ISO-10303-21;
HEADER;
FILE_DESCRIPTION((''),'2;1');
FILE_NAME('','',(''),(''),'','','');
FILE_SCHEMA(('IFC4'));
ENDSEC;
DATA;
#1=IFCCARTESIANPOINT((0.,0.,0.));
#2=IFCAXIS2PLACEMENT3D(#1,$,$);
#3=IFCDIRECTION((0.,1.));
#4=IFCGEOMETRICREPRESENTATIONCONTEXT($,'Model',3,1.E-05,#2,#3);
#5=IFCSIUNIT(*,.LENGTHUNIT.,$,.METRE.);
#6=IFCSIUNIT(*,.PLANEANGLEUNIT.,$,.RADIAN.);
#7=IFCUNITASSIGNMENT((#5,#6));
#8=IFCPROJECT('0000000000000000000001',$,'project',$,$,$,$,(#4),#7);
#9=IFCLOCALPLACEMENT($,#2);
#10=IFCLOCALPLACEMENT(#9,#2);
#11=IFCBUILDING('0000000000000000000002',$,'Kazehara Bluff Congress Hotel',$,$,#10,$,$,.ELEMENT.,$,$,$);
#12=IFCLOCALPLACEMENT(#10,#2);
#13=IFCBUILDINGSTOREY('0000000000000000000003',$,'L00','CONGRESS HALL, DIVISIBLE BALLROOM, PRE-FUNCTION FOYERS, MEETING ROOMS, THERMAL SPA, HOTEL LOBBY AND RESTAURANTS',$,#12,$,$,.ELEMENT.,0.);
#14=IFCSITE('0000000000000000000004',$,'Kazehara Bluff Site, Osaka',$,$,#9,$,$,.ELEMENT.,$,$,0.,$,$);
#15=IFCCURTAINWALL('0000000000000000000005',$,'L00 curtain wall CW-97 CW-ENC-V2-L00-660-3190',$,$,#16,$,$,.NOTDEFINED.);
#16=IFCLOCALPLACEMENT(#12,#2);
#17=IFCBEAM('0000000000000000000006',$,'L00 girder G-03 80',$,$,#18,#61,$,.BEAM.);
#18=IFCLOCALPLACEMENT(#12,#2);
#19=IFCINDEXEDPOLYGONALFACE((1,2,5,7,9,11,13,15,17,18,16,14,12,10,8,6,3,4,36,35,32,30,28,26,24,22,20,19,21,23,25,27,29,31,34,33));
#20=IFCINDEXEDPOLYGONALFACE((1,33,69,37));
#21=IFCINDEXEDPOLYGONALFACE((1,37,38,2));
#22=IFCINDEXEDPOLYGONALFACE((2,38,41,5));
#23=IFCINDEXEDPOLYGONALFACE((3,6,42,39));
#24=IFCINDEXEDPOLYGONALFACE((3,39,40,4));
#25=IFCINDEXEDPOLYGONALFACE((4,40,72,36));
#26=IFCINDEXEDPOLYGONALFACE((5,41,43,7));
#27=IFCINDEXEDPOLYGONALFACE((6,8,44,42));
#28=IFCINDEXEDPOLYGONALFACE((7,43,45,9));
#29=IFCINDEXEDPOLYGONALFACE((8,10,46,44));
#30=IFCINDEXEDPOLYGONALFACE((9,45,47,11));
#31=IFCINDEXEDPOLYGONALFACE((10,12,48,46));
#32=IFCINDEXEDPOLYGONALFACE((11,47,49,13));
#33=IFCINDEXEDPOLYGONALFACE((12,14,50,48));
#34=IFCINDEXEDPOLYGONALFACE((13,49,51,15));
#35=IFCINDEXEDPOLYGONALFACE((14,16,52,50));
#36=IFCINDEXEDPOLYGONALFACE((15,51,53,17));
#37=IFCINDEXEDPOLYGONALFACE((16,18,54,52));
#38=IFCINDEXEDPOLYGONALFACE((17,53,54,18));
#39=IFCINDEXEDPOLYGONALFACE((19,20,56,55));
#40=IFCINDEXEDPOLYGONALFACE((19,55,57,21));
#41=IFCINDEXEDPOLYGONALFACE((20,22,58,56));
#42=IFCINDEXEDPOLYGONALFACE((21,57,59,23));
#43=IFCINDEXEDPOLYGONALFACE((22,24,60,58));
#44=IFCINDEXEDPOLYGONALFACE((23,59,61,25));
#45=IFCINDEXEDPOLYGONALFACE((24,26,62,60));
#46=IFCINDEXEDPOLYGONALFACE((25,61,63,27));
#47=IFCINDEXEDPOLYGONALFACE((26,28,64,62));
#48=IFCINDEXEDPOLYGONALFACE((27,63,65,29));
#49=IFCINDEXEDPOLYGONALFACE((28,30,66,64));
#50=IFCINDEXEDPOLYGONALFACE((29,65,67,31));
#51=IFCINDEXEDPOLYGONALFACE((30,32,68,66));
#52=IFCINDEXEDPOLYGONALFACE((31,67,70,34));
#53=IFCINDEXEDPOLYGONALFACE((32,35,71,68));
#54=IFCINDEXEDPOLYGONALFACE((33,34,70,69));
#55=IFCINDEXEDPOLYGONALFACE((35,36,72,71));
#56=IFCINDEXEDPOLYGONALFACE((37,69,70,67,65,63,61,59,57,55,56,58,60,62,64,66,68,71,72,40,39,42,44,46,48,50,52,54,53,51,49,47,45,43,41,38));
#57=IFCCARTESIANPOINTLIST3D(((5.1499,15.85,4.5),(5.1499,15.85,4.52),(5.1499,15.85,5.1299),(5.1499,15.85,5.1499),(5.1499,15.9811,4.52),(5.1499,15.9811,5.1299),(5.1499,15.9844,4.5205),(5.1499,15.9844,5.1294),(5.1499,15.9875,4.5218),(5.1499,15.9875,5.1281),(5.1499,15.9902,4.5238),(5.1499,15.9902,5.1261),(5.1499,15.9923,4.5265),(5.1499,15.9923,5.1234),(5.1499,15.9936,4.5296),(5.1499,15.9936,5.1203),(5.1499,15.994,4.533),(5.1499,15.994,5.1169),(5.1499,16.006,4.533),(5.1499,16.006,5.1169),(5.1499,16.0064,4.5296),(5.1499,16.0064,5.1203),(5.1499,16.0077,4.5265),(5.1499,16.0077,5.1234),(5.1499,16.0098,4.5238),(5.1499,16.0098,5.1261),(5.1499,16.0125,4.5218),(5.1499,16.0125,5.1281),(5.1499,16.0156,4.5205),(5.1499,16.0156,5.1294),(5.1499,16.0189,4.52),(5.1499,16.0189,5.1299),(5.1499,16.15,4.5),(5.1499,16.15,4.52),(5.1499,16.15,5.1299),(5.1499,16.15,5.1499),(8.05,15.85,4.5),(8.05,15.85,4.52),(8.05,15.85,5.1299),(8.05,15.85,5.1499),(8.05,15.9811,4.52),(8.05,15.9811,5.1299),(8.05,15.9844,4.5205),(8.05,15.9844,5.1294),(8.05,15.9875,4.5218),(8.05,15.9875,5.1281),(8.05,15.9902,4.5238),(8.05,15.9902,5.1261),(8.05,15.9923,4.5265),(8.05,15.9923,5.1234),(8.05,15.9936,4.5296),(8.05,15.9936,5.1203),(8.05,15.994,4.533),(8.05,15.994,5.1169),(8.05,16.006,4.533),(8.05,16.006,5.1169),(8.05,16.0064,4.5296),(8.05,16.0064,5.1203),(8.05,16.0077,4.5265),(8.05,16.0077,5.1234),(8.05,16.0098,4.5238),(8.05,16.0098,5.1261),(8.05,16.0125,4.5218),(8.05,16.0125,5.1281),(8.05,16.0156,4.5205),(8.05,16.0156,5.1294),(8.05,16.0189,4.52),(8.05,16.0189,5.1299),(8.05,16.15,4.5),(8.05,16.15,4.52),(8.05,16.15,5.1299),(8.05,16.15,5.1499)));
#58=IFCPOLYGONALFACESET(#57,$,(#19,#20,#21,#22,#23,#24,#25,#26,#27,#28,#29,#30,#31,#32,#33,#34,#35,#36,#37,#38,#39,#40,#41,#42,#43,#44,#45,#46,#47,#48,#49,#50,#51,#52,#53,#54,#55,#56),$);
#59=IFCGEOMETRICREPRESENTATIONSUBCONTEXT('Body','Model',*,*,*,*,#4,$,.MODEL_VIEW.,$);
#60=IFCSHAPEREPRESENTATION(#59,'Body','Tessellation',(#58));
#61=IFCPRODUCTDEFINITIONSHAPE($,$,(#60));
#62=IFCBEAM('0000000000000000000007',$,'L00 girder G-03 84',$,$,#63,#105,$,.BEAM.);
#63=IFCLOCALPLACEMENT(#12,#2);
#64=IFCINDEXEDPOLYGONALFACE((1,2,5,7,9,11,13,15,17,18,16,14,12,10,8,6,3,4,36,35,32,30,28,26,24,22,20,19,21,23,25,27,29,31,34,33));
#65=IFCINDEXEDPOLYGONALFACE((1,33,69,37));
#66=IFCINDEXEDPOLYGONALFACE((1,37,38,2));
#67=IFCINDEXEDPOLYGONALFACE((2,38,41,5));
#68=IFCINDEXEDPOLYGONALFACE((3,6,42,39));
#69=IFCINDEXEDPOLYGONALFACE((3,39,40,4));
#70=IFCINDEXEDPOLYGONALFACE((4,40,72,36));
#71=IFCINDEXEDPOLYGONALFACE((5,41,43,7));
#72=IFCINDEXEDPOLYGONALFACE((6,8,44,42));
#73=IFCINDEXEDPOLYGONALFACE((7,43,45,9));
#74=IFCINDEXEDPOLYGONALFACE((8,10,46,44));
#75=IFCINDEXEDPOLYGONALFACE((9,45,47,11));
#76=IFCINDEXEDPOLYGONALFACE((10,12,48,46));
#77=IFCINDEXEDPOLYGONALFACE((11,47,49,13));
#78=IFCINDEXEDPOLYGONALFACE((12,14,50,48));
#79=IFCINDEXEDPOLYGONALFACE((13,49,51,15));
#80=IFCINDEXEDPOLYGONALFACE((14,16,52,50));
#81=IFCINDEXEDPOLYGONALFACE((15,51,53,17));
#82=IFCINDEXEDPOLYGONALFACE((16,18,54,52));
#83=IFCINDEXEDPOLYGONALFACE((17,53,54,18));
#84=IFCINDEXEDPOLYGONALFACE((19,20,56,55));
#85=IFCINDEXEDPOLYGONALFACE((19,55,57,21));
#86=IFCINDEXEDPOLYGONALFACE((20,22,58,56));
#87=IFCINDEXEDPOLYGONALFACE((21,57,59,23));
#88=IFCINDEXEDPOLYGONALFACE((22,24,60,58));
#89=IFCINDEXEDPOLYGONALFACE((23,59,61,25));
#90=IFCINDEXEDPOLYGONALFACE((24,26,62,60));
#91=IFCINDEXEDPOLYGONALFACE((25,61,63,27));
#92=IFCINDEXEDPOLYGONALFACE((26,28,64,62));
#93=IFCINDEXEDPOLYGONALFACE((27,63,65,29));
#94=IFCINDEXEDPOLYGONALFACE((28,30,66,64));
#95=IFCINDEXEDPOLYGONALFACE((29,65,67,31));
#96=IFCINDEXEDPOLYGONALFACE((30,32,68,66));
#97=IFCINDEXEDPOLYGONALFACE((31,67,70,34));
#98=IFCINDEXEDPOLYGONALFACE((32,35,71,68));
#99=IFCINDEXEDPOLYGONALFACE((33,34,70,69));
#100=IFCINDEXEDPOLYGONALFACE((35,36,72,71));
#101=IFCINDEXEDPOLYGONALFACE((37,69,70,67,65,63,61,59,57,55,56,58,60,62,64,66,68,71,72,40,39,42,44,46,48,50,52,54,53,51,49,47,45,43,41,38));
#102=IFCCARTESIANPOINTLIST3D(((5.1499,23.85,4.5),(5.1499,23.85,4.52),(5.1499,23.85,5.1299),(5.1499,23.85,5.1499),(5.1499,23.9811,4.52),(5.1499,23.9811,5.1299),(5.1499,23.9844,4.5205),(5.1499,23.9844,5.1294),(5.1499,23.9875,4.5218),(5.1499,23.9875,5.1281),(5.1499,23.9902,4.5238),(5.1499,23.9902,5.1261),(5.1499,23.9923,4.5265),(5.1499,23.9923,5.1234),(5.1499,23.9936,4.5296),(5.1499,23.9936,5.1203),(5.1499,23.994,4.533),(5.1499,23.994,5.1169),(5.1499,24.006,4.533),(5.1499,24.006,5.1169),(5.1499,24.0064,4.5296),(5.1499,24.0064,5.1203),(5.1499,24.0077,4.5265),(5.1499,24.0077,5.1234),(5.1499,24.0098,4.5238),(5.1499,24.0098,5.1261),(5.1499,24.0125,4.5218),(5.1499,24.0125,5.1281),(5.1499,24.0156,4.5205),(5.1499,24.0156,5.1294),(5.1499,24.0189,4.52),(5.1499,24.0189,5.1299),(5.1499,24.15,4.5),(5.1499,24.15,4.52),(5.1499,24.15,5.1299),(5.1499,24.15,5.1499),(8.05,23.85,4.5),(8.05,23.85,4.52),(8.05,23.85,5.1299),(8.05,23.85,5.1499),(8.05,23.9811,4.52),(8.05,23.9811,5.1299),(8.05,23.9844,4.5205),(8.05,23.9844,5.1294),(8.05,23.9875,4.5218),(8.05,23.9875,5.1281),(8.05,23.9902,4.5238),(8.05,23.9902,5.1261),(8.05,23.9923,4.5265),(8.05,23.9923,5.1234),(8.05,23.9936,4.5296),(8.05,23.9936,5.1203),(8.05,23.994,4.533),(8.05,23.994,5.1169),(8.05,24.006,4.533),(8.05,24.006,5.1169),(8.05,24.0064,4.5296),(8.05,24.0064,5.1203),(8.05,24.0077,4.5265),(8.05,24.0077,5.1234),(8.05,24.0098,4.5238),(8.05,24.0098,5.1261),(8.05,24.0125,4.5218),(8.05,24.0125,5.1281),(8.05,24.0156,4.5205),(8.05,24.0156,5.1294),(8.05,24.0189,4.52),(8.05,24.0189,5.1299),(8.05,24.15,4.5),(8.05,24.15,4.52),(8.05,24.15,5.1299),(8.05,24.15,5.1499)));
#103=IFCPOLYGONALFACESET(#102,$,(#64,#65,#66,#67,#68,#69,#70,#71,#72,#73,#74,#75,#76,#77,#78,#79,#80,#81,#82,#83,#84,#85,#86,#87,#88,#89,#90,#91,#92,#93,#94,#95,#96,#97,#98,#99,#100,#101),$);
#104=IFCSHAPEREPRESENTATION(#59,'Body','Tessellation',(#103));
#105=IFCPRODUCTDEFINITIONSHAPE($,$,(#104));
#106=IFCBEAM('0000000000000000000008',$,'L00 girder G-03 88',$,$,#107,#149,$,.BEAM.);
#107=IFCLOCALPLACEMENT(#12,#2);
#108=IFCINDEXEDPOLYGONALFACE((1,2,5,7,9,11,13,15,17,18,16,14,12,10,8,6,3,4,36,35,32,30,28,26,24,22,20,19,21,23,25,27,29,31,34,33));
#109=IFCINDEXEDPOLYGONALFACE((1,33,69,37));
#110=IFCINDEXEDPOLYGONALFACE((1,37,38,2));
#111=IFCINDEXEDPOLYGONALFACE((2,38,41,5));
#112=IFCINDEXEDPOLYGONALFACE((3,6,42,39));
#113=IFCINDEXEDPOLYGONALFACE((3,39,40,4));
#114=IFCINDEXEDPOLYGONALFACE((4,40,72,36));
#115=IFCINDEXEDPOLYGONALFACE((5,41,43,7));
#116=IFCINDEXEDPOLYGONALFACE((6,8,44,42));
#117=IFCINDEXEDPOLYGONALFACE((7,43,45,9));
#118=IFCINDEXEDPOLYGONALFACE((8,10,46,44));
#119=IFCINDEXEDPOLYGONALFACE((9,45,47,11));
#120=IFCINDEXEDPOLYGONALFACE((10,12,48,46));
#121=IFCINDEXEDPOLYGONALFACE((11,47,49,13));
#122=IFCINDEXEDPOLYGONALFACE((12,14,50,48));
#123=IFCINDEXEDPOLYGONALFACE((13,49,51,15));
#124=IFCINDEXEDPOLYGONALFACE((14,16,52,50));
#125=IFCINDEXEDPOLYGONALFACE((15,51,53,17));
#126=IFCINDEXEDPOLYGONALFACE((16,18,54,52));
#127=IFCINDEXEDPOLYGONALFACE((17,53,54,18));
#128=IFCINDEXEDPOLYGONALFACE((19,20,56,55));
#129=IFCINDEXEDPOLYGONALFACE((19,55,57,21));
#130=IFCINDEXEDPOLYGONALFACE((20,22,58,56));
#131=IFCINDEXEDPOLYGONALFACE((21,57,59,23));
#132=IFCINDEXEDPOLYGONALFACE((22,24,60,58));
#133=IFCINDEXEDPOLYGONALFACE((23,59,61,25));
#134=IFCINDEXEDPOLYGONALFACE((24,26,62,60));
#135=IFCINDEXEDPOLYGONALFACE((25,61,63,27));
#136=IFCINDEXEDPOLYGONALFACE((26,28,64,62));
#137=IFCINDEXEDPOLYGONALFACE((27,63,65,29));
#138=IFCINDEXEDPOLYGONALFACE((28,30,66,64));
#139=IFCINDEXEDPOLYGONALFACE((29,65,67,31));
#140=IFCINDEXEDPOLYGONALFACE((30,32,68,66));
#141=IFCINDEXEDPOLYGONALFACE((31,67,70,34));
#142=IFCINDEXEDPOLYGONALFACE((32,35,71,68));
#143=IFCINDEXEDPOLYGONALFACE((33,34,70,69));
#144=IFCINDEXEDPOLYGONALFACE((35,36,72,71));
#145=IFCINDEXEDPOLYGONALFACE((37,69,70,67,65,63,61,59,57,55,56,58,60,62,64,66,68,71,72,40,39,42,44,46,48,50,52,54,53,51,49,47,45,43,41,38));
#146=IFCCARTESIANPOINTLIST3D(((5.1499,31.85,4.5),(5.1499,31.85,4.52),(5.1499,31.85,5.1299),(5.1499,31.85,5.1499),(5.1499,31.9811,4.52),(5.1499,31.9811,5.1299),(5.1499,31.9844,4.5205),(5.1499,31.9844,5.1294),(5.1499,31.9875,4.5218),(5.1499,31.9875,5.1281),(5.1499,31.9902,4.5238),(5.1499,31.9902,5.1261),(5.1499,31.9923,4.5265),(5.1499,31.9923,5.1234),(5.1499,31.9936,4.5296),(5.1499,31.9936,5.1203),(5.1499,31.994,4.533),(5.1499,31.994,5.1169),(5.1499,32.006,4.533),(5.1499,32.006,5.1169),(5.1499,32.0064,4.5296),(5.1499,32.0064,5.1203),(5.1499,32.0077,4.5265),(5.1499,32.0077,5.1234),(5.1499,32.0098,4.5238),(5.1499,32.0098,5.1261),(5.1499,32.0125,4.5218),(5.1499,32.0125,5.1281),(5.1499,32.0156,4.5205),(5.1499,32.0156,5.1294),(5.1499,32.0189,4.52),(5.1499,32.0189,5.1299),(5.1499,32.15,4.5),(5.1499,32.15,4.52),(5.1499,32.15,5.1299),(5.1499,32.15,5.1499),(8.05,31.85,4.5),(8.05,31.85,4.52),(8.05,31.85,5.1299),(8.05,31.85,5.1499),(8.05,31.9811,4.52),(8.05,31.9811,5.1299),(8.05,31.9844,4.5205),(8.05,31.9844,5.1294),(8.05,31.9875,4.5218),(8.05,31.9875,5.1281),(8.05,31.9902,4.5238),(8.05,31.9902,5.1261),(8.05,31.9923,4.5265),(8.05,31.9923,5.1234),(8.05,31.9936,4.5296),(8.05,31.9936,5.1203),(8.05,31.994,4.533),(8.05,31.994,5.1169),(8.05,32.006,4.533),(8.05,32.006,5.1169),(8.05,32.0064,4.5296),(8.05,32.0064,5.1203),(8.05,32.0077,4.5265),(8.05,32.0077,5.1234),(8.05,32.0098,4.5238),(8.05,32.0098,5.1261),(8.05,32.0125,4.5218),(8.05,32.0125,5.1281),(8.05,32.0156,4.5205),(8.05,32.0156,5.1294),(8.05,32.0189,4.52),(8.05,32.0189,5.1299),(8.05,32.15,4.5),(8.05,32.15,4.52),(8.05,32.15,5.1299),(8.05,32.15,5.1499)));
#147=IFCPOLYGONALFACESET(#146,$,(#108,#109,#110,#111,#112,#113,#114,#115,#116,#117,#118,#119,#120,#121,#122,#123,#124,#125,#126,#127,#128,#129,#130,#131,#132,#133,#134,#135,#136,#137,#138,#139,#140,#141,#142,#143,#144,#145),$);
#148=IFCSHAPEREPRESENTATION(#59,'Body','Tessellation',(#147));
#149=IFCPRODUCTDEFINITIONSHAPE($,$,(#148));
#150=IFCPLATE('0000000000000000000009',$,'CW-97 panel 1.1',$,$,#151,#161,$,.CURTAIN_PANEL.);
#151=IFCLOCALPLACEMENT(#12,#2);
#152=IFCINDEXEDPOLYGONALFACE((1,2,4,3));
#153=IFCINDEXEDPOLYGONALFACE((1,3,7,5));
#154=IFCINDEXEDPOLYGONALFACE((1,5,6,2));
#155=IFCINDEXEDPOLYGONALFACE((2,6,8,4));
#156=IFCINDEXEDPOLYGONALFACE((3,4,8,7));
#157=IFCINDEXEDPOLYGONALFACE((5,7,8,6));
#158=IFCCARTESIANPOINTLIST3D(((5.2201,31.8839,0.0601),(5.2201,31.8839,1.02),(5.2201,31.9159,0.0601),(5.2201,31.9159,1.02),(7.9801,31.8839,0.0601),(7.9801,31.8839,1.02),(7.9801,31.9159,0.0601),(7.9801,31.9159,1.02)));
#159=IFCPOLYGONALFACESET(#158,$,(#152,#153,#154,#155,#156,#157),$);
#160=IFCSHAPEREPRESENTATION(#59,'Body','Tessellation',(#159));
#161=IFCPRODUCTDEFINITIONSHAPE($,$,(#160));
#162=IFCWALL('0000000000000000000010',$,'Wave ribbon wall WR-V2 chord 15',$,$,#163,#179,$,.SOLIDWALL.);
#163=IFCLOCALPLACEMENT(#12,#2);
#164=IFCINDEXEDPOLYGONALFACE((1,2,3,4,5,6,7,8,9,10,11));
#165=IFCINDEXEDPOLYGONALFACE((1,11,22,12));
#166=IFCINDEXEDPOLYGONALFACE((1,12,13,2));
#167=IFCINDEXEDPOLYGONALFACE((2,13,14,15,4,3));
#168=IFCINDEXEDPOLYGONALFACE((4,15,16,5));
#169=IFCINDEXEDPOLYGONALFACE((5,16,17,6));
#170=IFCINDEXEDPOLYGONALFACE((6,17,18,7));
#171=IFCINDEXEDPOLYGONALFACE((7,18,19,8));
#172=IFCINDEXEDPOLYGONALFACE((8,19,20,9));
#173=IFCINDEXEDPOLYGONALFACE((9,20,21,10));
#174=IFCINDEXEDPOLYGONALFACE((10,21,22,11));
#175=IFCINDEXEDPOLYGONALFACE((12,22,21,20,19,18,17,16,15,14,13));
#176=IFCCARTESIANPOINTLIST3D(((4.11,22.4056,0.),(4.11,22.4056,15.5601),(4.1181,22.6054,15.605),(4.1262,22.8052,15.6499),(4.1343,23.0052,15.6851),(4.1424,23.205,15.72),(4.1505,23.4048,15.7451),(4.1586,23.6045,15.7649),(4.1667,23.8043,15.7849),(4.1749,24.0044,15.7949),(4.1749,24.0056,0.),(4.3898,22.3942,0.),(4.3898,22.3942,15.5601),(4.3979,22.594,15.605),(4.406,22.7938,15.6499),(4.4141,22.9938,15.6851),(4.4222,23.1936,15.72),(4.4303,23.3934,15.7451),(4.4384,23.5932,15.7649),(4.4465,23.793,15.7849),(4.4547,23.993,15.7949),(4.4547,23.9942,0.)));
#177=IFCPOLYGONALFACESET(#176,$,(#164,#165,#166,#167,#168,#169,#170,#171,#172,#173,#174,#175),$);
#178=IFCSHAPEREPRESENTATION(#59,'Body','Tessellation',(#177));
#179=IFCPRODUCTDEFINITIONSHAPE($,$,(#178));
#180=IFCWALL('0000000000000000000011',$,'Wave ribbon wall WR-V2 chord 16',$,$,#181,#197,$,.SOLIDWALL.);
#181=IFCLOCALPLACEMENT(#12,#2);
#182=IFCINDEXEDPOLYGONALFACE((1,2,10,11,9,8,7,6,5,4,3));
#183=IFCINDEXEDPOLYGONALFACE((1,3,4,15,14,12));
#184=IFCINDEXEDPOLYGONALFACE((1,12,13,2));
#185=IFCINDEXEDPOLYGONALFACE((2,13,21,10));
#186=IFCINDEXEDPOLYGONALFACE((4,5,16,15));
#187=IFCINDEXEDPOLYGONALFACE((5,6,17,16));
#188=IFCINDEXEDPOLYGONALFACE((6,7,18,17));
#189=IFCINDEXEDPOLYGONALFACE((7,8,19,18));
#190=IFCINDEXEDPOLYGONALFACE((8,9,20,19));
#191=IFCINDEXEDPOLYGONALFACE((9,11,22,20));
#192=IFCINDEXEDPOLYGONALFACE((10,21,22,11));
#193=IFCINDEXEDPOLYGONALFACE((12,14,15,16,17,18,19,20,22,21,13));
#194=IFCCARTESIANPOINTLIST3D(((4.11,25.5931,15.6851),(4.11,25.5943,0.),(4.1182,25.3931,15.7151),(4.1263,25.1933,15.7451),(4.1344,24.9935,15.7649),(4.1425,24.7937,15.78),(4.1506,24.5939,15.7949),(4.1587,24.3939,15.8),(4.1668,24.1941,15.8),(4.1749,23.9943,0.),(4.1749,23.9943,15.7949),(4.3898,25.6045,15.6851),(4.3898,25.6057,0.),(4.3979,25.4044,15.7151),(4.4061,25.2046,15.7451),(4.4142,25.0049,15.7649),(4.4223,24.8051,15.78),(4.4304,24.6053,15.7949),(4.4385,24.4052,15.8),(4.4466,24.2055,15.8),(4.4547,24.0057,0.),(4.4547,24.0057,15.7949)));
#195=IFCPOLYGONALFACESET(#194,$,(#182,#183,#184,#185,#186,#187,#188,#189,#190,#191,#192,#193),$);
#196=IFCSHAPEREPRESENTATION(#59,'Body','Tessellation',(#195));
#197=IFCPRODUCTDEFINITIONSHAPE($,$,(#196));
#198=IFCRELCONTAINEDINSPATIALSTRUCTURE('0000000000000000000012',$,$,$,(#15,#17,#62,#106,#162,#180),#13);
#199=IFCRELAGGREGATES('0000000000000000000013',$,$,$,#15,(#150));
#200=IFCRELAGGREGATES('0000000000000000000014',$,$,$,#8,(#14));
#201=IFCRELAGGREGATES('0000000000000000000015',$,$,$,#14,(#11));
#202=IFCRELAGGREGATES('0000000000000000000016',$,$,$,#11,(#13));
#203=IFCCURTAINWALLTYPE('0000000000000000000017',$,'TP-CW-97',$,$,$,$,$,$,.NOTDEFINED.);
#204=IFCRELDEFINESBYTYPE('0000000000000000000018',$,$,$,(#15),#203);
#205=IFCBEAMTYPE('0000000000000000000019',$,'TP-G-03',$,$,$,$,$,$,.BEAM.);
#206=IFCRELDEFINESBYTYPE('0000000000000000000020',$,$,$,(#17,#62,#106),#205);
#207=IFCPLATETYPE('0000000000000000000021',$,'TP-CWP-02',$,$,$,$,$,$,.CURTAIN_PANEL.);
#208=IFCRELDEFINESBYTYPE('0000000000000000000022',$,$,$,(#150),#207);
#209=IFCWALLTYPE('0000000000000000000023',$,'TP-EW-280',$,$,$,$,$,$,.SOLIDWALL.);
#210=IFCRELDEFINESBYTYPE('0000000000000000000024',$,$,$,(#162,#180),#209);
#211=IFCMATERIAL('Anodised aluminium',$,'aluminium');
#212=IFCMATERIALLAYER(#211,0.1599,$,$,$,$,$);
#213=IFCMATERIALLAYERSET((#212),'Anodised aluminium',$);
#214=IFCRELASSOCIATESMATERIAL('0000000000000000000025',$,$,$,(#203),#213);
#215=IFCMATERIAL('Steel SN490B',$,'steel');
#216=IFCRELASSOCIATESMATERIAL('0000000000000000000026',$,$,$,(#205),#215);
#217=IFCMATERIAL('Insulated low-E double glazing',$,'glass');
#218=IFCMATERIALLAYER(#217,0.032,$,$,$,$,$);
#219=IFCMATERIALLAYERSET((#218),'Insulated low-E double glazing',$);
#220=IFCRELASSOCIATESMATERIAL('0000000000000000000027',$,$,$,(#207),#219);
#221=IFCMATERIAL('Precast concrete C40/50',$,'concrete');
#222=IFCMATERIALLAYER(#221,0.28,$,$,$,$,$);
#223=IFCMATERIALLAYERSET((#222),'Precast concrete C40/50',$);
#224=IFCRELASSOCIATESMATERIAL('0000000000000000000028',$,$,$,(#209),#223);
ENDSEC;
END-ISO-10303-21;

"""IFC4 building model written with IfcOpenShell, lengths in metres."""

from ifc_helpers import new_model, si_unit, direction, frame, origin, origin_2d, place, context, subcontext, project, spatial, polyline, rectangle, i_section, outline, extrude, material, layer, layer_set, material_profile, profile_set, type_object, element, aggregate, save


model = new_model("IFC4")

# Units and contexts
model_context = context("Model", 3, precision=1e-05, world=origin(), true_north=direction((0.0, 1.0)))
body_context = subcontext(model_context, "Body", "Model", "MODEL_VIEW")
ifc_project = project(units=[si_unit("LENGTHUNIT", "METRE"), si_unit("PLANEANGLEUNIT", "RADIAN")], contexts=[model_context])

# Site, building, storey
site_placement = place(None, origin())
site = spatial("IfcSite", under=ifc_project, at=site_placement, Name="Kazehara Bluff Site, Osaka", CompositionType="ELEMENT", RefElevation=0.0)
building_placement = place(site_placement, origin())
building = spatial("IfcBuilding", under=site, at=building_placement, Name="Kazehara Bluff Congress Hotel", CompositionType="ELEMENT")
storey_placement = place(building_placement, origin())
storey = spatial("IfcBuildingStorey", under=building, at=storey_placement, Name="L00", Description="CONGRESS HALL, DIVISIBLE BALLROOM, PRE-FUNCTION FOYERS, MEETING ROOMS, THERMAL SPA, HOTEL LOBBY AND RESTAURANTS", CompositionType="ELEMENT", Elevation=0.0)

# Curtain wall
ifc_material_1 = material(Name="Anodised aluminium", Category="aluminium")
ifc_layer_1 = layer(ifc_material_1, 0.1599)
ifc_layer_set_1 = layer_set([ifc_layer_1], Name="Anodised aluminium")
curtain_wall_type = type_object("IfcCurtainWallType", Name="TP-CW-97", PredefinedType="NOTDEFINED", material=ifc_layer_set_1)
curtain_wall_placement = place(storey_placement, origin())
curtain_wall = element("IfcCurtainWall", 1, at=curtain_wall_placement, inside=storey, type_object=curtain_wall_type, Name="L00 curtain wall CW-97 CW-ENC-V2-L00-660-3190", PredefinedType="NOTDEFINED")

# Beams
ifc_material_2 = material(Name="Steel SN490B", Category="steel")
ifc_material_profile_1 = material_profile(ifc_material_2, i_section(OverallWidth=0.3, OverallDepth=0.6499, WebThickness=0.012, FlangeThickness=0.02, FilletRadius=0.0129, at=origin_2d()))
ifc_profile_set_1 = profile_set([ifc_material_profile_1], Name="Steel SN490B")
beam_type = type_object("IfcBeamType", Name="TP-G-03", PredefinedType="BEAM", material=ifc_profile_set_1)
for number, where, z_axis, x_axis, name in (
    (2, (5.1499, 16.0, 4.825), (1.0, 0.0, 0.0), (0.0, 1.0, 0.0), "L00 girder G-03 80"),
    (3, (5.1499, 24.0, 4.825), (1.0, 0.0, 0.0), (0.0, 1.0, 0.0), "L00 girder G-03 84"),
    (4, (5.1499, 32.0, 4.825), (1.0, 0.0, 0.0), (0.0, 1.0, 0.0), "L00 girder G-03 88"),
):
    element("IfcBeam", number, at=place(storey_placement, frame(where, z_axis=z_axis, x_axis=x_axis)), inside=storey, type_object=beam_type, Name=name, PredefinedType="BEAM", context=body_context, shape_type="SweptSolid", body=[
        extrude(i_section(OverallWidth=0.3, OverallDepth=0.6499, WebThickness=0.012, FlangeThickness=0.02, FilletRadius=0.0129, at=origin_2d()), origin(), (0.0, 0.0, 1.0), 2.9001),
    ])

# Plate
ifc_material_3 = material(Name="Insulated low-E double glazing", Category="glass")
ifc_layer_2 = layer(ifc_material_3, 0.032)
ifc_layer_set_2 = layer_set([ifc_layer_2], Name="Insulated low-E double glazing")
plate_type = type_object("IfcPlateType", Name="TP-CWP-02", PredefinedType="CURTAIN_PANEL", material=ifc_layer_set_2)
plate_placement = place(storey_placement, frame((6.6001, 31.8999, 0.0601), z_axis=(0.0, 0.0, 1.0), x_axis=(1.0, 0.0, 0.0)))
plate = element("IfcPlate", 5, at=plate_placement, type_object=plate_type, Name="CW-97 panel 1.1", PredefinedType="CURTAIN_PANEL", context=body_context, shape_type="SweptSolid", body=[
    extrude(rectangle(XDim=2.76, YDim=0.032, at=origin_2d()), origin(), (0.0, 0.0, 1.0), 0.96),
])
aggregate(curtain_wall, [plate])

# Walls
ifc_material_4 = material(Name="Precast concrete C40/50", Category="concrete")
ifc_layer_3 = layer(ifc_material_4, 0.28)
ifc_layer_set_3 = layer_set([ifc_layer_3], Name="Precast concrete C40/50")
wall_type = type_object("IfcWallType", Name="TP-EW-280", PredefinedType="SOLIDWALL", material=ifc_layer_set_3)
wall_1_placement = place(storey_placement, frame((4.25, 22.3999, 0.0), z_axis=(0.0, 0.0, 1.0), x_axis=(0.040553, 0.999177, 0.0)))
element("IfcWall", 6, at=wall_1_placement, inside=storey, type_object=wall_type, Name="Wave ribbon wall WR-V2 chord 15", PredefinedType="SOLIDWALL", context=body_context, shape_type="SweptSolid", body=[
    extrude(outline(polyline([(0.0, 0.0), (1.6013, 0.0), (1.6001, 15.7949), (1.3999, 15.7849), (1.2, 15.7649), (1.0, 15.7451), (0.8, 15.72), (0.6001, 15.6851), (0.3999, 15.6499), (0.2, 15.605), (0.0, 15.5601), (0.0, 0.0)])), frame((0.0, 0.1401, 0.0), z_axis=(0.0, -1.0, 0.0), x_axis=(1.0, 0.0, 0.0)), (0.0, 0.0, 1.0), 0.28),
])
wall_2_placement = place(storey_placement, frame((4.3149, 24.0, 0.0), z_axis=(0.0, 0.0, 1.0), x_axis=(-0.040553, 0.999177, 0.0)))
element("IfcWall", 7, at=wall_2_placement, inside=storey, type_object=wall_type, Name="Wave ribbon wall WR-V2 chord 16", PredefinedType="SOLIDWALL", context=body_context, shape_type="SweptSolid", body=[
    extrude(outline(polyline([(0.0, 0.0), (1.6013, 0.0), (1.6001, 15.6851), (1.3999, 15.7151), (1.2, 15.7451), (1.0, 15.7649), (0.8, 15.78), (0.6001, 15.7949), (0.3999, 15.8), (0.2, 15.8), (0.0, 15.7949), (0.0, 0.0)])), frame((0.0, 0.1401, 0.0), z_axis=(0.0, -1.0, 0.0), x_axis=(1.0, 0.0, 0.0)), (0.0, 0.0, 1.0), 0.28),
])

save(model, "model.ifc")
